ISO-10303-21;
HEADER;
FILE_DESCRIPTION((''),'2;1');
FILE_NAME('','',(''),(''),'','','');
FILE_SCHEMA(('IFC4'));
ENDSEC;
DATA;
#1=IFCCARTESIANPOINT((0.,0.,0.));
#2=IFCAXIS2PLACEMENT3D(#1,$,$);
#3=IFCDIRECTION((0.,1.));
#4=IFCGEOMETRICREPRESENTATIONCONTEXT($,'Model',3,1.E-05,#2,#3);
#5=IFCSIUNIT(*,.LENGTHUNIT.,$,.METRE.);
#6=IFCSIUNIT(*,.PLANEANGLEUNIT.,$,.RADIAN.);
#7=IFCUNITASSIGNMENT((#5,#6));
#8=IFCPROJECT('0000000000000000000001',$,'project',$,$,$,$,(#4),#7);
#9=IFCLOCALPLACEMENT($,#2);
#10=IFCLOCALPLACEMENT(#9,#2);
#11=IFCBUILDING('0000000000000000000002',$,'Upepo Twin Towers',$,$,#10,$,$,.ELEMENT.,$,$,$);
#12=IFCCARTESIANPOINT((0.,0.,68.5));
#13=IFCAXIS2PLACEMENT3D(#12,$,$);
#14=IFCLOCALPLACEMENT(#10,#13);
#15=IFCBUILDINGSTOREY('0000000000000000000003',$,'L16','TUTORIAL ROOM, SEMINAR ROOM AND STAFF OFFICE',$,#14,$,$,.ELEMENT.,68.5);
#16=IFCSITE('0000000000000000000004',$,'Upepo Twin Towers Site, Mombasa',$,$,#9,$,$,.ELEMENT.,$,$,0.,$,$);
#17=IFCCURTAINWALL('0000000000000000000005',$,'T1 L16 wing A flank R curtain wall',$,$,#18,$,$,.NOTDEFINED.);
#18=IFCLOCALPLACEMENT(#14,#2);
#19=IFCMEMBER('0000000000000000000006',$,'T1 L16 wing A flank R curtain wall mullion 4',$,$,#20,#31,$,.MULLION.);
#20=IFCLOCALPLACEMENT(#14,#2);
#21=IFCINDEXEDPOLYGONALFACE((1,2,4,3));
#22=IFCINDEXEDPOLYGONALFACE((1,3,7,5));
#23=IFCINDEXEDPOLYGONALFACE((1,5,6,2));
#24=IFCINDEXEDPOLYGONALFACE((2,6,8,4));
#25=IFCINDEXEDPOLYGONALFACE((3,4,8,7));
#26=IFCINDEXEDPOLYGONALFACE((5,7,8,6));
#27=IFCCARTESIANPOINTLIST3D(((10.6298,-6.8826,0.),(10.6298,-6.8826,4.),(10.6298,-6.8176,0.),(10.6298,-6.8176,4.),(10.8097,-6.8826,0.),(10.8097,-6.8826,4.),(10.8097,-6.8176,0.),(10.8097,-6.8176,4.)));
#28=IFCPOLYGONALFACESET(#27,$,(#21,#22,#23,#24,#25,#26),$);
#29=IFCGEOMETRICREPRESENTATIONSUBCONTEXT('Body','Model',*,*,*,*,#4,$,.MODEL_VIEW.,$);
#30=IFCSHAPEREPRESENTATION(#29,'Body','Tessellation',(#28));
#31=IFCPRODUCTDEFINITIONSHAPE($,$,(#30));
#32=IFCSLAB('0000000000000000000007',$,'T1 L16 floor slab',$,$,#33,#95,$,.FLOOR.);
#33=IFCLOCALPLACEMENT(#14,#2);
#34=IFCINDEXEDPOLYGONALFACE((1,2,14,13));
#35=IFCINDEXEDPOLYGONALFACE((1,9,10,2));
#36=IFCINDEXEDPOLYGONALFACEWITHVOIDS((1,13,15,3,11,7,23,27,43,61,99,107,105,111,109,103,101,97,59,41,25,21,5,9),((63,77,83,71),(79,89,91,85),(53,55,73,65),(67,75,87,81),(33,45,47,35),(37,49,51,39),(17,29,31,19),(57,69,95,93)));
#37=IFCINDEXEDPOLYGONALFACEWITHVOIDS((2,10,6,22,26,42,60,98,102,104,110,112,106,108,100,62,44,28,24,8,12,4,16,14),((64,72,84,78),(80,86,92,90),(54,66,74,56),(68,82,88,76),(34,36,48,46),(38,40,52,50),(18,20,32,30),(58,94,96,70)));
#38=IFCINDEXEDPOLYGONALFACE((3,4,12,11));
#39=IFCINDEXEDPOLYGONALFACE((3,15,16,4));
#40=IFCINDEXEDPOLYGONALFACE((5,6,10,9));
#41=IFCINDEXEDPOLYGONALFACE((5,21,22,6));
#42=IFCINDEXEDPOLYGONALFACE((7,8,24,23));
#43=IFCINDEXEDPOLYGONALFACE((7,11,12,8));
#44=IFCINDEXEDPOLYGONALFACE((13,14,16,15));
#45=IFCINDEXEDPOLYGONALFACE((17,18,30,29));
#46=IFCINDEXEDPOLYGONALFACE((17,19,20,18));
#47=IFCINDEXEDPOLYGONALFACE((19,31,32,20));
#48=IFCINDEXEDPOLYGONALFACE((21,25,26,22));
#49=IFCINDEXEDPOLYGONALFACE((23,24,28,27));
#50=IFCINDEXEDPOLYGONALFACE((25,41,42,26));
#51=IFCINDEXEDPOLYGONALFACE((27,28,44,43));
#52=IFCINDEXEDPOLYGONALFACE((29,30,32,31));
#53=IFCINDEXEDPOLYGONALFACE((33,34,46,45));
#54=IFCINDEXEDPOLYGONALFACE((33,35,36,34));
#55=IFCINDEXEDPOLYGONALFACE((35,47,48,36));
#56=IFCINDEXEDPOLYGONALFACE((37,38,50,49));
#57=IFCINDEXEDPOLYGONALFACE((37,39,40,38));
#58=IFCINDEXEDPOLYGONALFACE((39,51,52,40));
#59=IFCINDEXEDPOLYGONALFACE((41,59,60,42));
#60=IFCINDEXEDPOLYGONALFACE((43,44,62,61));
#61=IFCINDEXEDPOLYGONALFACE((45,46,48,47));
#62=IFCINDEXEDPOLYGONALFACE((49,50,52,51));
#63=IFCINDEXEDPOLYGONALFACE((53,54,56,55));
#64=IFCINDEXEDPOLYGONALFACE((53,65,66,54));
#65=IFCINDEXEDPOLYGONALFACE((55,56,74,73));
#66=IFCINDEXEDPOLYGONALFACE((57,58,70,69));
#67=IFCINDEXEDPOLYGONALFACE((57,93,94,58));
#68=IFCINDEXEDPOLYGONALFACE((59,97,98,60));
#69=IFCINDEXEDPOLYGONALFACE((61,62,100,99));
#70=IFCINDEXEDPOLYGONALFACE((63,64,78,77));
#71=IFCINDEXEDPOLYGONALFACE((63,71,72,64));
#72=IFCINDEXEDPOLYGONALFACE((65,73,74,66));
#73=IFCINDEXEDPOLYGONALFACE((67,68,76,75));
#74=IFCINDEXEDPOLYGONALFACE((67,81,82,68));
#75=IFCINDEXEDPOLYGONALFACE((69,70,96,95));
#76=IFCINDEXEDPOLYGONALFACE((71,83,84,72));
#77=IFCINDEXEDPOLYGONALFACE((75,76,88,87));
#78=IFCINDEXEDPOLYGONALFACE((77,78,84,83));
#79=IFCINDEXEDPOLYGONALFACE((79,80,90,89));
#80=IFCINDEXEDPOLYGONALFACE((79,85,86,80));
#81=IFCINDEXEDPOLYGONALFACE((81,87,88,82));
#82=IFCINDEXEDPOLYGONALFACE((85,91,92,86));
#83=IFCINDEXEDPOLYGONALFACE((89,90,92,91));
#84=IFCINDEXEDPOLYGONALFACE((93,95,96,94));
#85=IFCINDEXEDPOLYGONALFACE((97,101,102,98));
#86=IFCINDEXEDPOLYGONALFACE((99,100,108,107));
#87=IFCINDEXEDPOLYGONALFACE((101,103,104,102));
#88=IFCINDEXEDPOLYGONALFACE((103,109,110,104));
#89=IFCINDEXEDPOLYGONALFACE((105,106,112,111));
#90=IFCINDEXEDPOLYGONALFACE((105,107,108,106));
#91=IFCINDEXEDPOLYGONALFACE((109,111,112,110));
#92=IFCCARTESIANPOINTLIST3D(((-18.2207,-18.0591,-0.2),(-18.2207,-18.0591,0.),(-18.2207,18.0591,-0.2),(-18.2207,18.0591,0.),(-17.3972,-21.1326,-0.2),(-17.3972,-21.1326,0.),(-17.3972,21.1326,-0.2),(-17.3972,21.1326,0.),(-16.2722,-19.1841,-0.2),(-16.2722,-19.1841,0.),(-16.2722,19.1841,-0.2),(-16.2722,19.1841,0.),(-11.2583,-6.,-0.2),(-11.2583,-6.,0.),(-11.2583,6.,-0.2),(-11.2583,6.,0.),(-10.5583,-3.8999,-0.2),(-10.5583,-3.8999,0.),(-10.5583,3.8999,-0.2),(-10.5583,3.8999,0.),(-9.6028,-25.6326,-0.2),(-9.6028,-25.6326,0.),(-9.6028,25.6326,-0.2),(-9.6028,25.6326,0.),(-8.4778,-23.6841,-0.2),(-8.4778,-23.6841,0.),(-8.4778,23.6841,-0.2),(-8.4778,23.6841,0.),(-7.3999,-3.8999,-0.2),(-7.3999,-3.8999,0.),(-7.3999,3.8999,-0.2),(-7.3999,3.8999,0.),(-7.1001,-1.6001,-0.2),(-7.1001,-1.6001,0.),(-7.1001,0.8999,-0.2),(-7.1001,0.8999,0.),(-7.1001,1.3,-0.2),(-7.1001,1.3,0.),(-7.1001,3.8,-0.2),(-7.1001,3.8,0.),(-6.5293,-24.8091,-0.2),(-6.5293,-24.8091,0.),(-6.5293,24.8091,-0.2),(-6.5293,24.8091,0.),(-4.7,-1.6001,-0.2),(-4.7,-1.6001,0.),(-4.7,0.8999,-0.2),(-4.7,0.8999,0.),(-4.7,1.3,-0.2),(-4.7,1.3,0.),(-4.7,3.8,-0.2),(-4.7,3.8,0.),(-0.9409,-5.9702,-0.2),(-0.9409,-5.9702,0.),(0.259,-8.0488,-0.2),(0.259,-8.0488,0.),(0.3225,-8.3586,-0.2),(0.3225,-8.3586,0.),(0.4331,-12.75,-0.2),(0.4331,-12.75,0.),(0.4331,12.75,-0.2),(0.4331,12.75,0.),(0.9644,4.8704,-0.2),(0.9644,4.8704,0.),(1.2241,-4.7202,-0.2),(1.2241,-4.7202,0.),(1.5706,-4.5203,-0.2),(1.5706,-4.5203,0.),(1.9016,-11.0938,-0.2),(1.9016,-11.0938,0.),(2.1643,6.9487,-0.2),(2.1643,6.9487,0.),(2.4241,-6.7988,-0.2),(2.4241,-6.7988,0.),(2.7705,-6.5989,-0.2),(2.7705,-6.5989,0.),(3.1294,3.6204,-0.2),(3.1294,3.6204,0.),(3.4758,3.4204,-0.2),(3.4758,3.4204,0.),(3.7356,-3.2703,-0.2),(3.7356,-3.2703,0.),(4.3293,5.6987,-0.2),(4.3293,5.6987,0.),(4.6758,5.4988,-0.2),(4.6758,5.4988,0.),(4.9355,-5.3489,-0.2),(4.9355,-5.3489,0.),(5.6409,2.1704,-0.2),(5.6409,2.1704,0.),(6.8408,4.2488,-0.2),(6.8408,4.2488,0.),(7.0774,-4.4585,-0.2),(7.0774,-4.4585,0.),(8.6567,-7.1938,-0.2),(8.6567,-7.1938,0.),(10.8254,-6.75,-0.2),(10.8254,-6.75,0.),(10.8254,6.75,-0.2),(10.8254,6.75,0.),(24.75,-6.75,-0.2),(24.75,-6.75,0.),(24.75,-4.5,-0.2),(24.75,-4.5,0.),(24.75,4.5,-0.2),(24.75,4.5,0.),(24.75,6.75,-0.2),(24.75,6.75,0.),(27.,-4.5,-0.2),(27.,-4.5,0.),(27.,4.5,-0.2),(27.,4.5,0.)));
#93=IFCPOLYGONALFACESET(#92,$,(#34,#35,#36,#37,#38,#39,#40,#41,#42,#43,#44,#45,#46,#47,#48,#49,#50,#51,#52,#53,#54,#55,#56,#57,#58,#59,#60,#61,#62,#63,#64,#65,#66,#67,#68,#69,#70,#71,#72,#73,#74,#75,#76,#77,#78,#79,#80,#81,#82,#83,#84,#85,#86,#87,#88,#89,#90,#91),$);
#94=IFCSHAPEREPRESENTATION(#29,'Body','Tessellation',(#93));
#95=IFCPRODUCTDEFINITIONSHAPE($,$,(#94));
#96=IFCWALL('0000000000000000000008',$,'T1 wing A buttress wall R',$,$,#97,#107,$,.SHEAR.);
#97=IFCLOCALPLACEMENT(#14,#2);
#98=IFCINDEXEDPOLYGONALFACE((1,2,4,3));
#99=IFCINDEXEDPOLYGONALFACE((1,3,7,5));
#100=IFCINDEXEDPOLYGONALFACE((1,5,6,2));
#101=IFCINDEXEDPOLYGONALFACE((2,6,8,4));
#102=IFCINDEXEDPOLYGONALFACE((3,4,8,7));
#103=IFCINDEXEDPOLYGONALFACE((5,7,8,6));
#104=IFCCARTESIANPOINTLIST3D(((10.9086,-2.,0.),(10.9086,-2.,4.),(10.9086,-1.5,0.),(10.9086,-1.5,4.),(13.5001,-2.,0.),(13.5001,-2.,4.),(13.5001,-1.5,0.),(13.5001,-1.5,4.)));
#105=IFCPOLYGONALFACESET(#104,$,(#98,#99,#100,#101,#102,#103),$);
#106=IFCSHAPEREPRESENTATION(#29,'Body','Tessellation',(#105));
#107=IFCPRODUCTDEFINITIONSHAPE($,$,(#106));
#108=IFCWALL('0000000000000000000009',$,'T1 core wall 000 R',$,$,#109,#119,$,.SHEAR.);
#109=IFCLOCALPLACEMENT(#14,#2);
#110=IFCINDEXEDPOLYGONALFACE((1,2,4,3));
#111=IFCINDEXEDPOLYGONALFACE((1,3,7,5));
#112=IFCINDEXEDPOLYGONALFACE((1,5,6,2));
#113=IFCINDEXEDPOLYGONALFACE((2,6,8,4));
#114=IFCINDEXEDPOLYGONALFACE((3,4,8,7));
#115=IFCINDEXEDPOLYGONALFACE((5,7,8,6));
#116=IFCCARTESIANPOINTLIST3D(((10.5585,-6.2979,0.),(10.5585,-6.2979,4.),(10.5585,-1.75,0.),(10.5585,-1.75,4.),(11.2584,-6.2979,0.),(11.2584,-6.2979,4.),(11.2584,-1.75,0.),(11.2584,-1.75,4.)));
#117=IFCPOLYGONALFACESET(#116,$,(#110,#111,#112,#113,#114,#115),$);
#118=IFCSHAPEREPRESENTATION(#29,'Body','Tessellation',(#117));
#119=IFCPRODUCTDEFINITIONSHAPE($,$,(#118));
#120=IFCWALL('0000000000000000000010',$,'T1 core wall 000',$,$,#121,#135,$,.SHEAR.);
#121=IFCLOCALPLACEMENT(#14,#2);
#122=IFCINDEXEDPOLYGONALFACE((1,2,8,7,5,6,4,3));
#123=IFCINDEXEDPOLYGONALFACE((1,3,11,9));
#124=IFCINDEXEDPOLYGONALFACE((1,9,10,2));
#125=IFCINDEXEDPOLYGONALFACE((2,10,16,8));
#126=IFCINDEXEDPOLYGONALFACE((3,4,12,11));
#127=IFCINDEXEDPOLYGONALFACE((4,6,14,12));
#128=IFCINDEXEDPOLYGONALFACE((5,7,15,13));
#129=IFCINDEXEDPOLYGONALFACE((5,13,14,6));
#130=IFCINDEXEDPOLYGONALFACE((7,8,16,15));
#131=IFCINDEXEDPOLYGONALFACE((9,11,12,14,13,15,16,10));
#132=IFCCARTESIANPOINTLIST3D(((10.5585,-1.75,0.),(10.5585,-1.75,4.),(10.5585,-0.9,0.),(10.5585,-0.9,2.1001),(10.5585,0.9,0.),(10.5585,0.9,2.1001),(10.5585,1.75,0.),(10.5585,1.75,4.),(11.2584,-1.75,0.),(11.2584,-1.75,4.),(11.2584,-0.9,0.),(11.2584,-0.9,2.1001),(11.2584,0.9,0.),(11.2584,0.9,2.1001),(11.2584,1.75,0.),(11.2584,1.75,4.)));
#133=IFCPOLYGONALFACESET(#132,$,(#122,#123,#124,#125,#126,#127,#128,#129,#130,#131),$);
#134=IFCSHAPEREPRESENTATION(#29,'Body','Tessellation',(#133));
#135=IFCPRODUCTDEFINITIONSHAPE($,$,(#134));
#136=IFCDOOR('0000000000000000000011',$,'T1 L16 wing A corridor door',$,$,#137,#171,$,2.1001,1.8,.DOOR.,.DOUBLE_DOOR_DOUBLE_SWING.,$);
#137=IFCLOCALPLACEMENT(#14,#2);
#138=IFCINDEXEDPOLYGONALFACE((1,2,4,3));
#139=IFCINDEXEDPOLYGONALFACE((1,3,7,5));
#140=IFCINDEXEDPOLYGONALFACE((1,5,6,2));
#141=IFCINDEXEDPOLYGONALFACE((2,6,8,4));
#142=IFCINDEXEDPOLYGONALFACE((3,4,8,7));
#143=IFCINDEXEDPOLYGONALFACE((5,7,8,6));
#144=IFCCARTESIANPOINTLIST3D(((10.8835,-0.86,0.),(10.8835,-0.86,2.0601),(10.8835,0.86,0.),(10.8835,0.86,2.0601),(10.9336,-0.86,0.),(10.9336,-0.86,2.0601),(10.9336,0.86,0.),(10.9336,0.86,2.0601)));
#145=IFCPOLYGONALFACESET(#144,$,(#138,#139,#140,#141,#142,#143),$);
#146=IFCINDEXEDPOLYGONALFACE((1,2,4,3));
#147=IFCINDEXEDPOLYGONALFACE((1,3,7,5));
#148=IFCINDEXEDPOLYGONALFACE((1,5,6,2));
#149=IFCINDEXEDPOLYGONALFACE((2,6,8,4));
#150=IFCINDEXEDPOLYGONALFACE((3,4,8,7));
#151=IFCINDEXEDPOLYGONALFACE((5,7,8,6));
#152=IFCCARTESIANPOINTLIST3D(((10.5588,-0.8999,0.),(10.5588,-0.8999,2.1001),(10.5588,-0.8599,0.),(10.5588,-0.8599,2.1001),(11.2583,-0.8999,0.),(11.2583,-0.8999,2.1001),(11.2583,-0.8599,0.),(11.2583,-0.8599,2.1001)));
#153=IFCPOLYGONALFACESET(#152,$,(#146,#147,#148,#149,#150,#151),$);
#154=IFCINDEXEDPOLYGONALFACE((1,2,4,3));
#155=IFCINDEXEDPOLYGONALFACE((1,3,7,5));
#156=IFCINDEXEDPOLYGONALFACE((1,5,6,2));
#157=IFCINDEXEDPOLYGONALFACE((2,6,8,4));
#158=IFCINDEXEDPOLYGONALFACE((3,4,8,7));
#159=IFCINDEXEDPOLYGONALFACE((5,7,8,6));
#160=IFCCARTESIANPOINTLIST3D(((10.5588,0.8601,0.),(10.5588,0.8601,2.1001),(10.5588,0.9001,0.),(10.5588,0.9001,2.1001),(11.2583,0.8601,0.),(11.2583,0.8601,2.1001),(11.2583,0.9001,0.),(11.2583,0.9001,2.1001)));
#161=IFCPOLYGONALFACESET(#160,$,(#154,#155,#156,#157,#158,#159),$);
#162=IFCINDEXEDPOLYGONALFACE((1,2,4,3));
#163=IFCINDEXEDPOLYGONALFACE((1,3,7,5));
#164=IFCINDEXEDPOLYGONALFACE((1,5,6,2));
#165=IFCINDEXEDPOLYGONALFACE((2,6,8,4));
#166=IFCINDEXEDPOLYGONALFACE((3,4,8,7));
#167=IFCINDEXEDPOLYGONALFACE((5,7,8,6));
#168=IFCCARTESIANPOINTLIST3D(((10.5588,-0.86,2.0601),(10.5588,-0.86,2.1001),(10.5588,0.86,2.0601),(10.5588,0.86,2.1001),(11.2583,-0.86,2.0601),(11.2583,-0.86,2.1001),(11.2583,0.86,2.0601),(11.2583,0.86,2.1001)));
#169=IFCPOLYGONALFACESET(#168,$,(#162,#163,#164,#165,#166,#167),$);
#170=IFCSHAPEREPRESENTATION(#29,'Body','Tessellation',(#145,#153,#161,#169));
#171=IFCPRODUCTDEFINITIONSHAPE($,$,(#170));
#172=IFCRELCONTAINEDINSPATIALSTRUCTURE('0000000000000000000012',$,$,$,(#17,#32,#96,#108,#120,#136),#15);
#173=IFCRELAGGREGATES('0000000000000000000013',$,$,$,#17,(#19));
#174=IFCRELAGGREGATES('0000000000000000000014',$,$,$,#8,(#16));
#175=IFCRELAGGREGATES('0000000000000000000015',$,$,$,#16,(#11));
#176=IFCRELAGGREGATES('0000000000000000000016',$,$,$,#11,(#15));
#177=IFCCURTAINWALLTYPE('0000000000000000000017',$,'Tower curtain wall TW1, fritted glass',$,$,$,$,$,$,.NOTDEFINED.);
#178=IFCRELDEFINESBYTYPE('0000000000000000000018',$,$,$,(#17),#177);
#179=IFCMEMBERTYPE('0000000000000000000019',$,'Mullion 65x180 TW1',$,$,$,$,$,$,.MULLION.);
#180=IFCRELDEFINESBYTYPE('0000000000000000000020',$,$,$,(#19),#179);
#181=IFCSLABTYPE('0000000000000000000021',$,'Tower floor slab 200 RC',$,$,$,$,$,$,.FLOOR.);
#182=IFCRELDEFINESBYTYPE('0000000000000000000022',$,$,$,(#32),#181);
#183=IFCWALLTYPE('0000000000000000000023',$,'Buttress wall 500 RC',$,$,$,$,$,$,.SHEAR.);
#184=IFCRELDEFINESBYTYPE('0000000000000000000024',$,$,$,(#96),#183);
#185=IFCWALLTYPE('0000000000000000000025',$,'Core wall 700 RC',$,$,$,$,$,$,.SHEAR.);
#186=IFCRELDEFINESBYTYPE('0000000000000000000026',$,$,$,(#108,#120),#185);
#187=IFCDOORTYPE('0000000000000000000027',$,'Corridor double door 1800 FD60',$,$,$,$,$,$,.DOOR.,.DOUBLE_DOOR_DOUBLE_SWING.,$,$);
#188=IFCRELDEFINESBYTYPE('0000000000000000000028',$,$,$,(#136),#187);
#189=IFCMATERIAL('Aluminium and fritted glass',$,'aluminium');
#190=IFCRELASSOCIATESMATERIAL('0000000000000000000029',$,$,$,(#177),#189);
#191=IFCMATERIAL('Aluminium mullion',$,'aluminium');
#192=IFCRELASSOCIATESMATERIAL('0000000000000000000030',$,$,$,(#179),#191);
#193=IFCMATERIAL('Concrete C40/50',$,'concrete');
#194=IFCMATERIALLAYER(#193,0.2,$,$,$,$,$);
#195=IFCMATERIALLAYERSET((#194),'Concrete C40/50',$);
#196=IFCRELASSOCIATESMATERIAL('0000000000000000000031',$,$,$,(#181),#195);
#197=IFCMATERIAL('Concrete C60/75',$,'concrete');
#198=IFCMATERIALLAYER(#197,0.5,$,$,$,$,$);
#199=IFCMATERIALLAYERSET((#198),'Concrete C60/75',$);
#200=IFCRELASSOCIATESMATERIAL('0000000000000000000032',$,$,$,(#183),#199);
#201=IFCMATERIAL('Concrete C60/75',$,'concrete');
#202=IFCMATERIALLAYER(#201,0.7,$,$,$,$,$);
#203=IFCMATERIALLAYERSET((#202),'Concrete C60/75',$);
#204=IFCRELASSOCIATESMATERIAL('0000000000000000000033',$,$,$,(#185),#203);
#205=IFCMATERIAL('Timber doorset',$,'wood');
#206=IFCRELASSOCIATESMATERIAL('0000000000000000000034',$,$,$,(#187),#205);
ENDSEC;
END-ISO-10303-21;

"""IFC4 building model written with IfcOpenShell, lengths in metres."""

from ifc_helpers import new_model, si_unit, direction, frame, frame_2d, origin, origin_2d, place, context, subcontext, project, spatial, polyline, rectangle, outline, extrude, material, layer, layer_set, material_profile, profile_set, type_object, element, fill, aggregate, save


model = new_model("IFC4")

# Units and contexts
model_context = context("Model", 3, precision=1e-05, world=origin(), true_north=direction((0.0, 1.0)))
body_context = subcontext(model_context, "Body", "Model", "MODEL_VIEW")
ifc_project = project(units=[si_unit("LENGTHUNIT", "METRE"), si_unit("PLANEANGLEUNIT", "RADIAN")], contexts=[model_context])

# Site, building, storey
site_placement = place(None, origin())
site = spatial("IfcSite", under=ifc_project, at=site_placement, Name="Upepo Twin Towers Site, Mombasa", CompositionType="ELEMENT", RefElevation=0.0)
building_placement = place(site_placement, origin())
building = spatial("IfcBuilding", under=site, at=building_placement, Name="Upepo Twin Towers", CompositionType="ELEMENT")
storey_placement = place(building_placement, frame((0.0, 0.0, 68.5)))
storey = spatial("IfcBuildingStorey", under=building, at=storey_placement, Name="L16", Description="TUTORIAL ROOM, SEMINAR ROOM AND STAFF OFFICE", CompositionType="ELEMENT", Elevation=68.5)

# Curtain wall, member
ifc_material_1 = material(Name="Aluminium and fritted glass", Category="aluminium")
curtain_wall_type = type_object("IfcCurtainWallType", Name="Tower curtain wall TW1, fritted glass", PredefinedType="NOTDEFINED", material=ifc_material_1)
curtain_wall_placement = place(storey_placement, origin())
curtain_wall = element("IfcCurtainWall", 1, at=curtain_wall_placement, inside=storey, type_object=curtain_wall_type, Name="T1 L16 wing A flank R curtain wall", PredefinedType="NOTDEFINED")
ifc_material_2 = material(Name="Aluminium mullion", Category="aluminium")
ifc_material_profile = material_profile(ifc_material_2, rectangle(XDim=0.0649, YDim=0.1799, at=origin_2d()), Name="MULLION 65x180")
ifc_profile_set = profile_set([ifc_material_profile], Name="Aluminium mullion")
member_type = type_object("IfcMemberType", Name="Mullion 65x180 TW1", PredefinedType="MULLION", material=ifc_profile_set)
member_placement = place(storey_placement, frame((10.7197, -6.8501, 0.0), z_axis=(0.0, 0.0, 1.0), x_axis=(0.0, -1.0, 0.0)))
member = element("IfcMember", 2, at=member_placement, type_object=member_type, Name="T1 L16 wing A flank R curtain wall mullion 4", PredefinedType="MULLION", context=body_context, shape_type="SweptSolid", body=[
    extrude(rectangle(XDim=0.0649, YDim=0.1799, at=origin_2d()), origin(), (0.0, 0.0, 1.0), 4.0),
])
aggregate(curtain_wall, [member])

# Slab
ifc_material_3 = material(Name="Concrete C40/50", Category="concrete")
ifc_layer_1 = layer(ifc_material_3, 0.2)
ifc_layer_set_1 = layer_set([ifc_layer_1], Name="Concrete C40/50")
slab_type = type_object("IfcSlabType", Name="Tower floor slab 200 RC", PredefinedType="FLOOR", material=ifc_layer_set_1)
slab_placement = place(storey_placement, frame((0.0, 0.0, -0.2)))
element("IfcSlab", 3, at=slab_placement, inside=storey, type_object=slab_type, Name="T1 L16 floor slab", PredefinedType="FLOOR", context=body_context, shape_type="SweptSolid", body=[
    extrude(outline(polyline([(-8.4778, -23.6841), (-9.6028, -25.6326), (-17.3972, -21.1326), (-16.2722, -19.1841), (-18.2207, -18.0591), (-11.2583, -6.0), (-11.2583, 6.0), (-18.2207, 18.0591), (-16.2722, 19.1841), (-17.3972, 21.1326), (-9.6028, 25.6326), (-8.4778, 23.6841), (-6.5293, 24.8091), (0.4331, 12.75), (10.8254, 6.75), (24.75, 6.75), (24.75, 4.5), (27.0, 4.5), (27.0, -4.5), (24.75, -4.5), (24.75, -6.75), (10.8254, -6.75), (0.4331, -12.75), (-6.5293, -24.8091), (-8.4778, -23.6841)]), holes=[polyline([(5.6409, 2.1704), (6.8408, 4.2488), (4.6758, 5.4988), (3.4758, 3.4204), (5.6409, 2.1704)]), polyline([(3.1294, 3.6204), (4.3293, 5.6987), (2.1643, 6.9487), (0.9644, 4.8704), (3.1294, 3.6204)]), polyline([(-4.7, 3.8), (-7.1001, 3.8), (-7.1001, 1.3), (-4.7, 1.3), (-4.7, 3.8)]), polyline([(-4.7, 0.8999), (-7.1001, 0.8999), (-7.1001, -1.6001), (-4.7, -1.6001), (-4.7, 0.8999)]), polyline([(-7.3999, 3.8999), (-10.5583, 3.8999), (-10.5583, -3.8999), (-7.3999, -3.8999), (-7.3999, 3.8999)]), polyline([(-0.9409, -5.9702), (0.259, -8.0488), (2.4241, -6.7988), (1.2241, -4.7202), (-0.9409, -5.9702)]), polyline([(1.5706, -4.5203), (2.7705, -6.5989), (4.9355, -5.3489), (3.7356, -3.2703), (1.5706, -4.5203)]), polyline([(0.3225, -8.3586), (1.9016, -11.0938), (8.6567, -7.1938), (7.0774, -4.4585), (0.3225, -8.3586)])]), origin(), (0.0, 0.0, 1.0), 0.2),
])

# Walls
ifc_material_4 = material(Name="Concrete C60/75", Category="concrete")
ifc_layer_2 = layer(ifc_material_4, 0.5)
ifc_layer_set_2 = layer_set([ifc_layer_2], Name="Concrete C60/75")
wall_type_1 = type_object("IfcWallType", Name="Buttress wall 500 RC", PredefinedType="SHEAR", material=ifc_layer_set_2)
wall_1_placement = place(storey_placement, frame((10.9084, -1.75, 0.0), z_axis=(0.0, 0.0, 1.0), x_axis=(1.0, 0.0, 0.0)))
element("IfcWall", 4, at=wall_1_placement, inside=storey, type_object=wall_type_1, Name="T1 wing A buttress wall R", PredefinedType="SHEAR", context=body_context, shape_type="SweptSolid", body=[
    extrude(rectangle(XDim=2.5916, YDim=0.5, at=frame_2d((1.2959, 0.0))), origin(), (0.0, 0.0, 1.0), 4.0),
])
ifc_material_5 = material(Name="Concrete C60/75", Category="concrete")
ifc_layer_3 = layer(ifc_material_5, 0.7)
ifc_layer_set_3 = layer_set([ifc_layer_3], Name="Concrete C60/75")
wall_type_2 = type_object("IfcWallType", Name="Core wall 700 RC", PredefinedType="SHEAR", material=ifc_layer_set_3)
wall_2_placement = place(storey_placement, frame((10.9084, -6.2979, 0.0), z_axis=(0.0, 0.0, 1.0), x_axis=(0.0, 1.0, 0.0)))
element("IfcWall", 5, at=wall_2_placement, inside=storey, type_object=wall_type_2, Name="T1 core wall 000 R", PredefinedType="SHEAR", context=body_context, shape_type="SweptSolid", body=[
    extrude(rectangle(XDim=4.5479, YDim=0.7, at=frame_2d((2.2739, 0.0))), origin(), (0.0, 0.0, 1.0), 4.0),
])

# Wall, opening, door
wall_3_placement = place(storey_placement, frame((10.9084, -1.75, 0.0), z_axis=(0.0, 0.0, 1.0), x_axis=(0.0, 1.0, 0.0)))
wall_3 = element("IfcWall", 6, at=wall_3_placement, inside=storey, type_object=wall_type_2, Name="T1 core wall 000", PredefinedType="SHEAR", context=body_context, shape_type="SweptSolid", body=[
    extrude(rectangle(XDim=3.5, YDim=0.7, at=frame_2d((1.75, 0.0))), origin(), (0.0, 0.0, 1.0), 4.0),
])
opening_1_placement = place(wall_3_placement, frame((0.8501, 0.0, 0.0)))
opening_1 = element("IfcOpeningElement", 7, at=opening_1_placement, cuts=wall_3, PredefinedType="OPENING", context=body_context, shape_type="SweptSolid", body=[
    extrude(rectangle(XDim=1.8, YDim=2.1001, at=frame_2d((0.8999, 1.05))), frame((0.0, 0.3599, 0.0), z_axis=(0.0, -1.0, 0.0), x_axis=(1.0, 0.0, 0.0)), (0.0, 0.0, 1.0), 0.72),
])
ifc_material_6 = material(Name="Timber doorset", Category="wood")
door_type_1 = type_object("IfcDoorType", Name="Corridor double door 1800 FD60", OperationType="DOUBLE_DOOR_DOUBLE_SWING", PredefinedType="DOOR", material=ifc_material_6)
door_1_placement = place(opening_1_placement, origin())
door_1 = element("IfcDoor", 8, at=door_1_placement, inside=storey, type_object=door_type_1, Name="T1 L16 wing A corridor door", OperationType="DOUBLE_DOOR_DOUBLE_SWING", OverallHeight=2.1001, OverallWidth=1.8, PredefinedType="DOOR", context=body_context, shape_type="SweptSolid", body=[
    extrude(rectangle(XDim=1.72, YDim=2.0601, at=frame_2d((0.8999, 1.03))), frame((0.0, 0.0249, 0.0), z_axis=(0.0, -1.0, 0.0), x_axis=(1.0, 0.0, 0.0)), (0.0, 0.0, 1.0), 0.05),
    extrude(rectangle(XDim=0.04, YDim=2.1001, at=frame_2d((0.02, 1.05))), frame((0.0, 0.3496, 0.0), z_axis=(0.0, -1.0, 0.0), x_axis=(1.0, 0.0, 0.0)), (0.0, 0.0, 1.0), 0.6995),
    extrude(rectangle(XDim=0.04, YDim=2.1001, at=frame_2d((1.78, 1.05))), frame((0.0, 0.3496, 0.0), z_axis=(0.0, -1.0, 0.0), x_axis=(1.0, 0.0, 0.0)), (0.0, 0.0, 1.0), 0.6995),
    extrude(rectangle(XDim=1.72, YDim=0.04, at=frame_2d((0.8999, 2.0801))), frame((0.0, 0.3496, 0.0), z_axis=(0.0, -1.0, 0.0), x_axis=(1.0, 0.0, 0.0)), (0.0, 0.0, 1.0), 0.6995),
])
fill(opening_1, door_1)

save(model, "model.ifc")
